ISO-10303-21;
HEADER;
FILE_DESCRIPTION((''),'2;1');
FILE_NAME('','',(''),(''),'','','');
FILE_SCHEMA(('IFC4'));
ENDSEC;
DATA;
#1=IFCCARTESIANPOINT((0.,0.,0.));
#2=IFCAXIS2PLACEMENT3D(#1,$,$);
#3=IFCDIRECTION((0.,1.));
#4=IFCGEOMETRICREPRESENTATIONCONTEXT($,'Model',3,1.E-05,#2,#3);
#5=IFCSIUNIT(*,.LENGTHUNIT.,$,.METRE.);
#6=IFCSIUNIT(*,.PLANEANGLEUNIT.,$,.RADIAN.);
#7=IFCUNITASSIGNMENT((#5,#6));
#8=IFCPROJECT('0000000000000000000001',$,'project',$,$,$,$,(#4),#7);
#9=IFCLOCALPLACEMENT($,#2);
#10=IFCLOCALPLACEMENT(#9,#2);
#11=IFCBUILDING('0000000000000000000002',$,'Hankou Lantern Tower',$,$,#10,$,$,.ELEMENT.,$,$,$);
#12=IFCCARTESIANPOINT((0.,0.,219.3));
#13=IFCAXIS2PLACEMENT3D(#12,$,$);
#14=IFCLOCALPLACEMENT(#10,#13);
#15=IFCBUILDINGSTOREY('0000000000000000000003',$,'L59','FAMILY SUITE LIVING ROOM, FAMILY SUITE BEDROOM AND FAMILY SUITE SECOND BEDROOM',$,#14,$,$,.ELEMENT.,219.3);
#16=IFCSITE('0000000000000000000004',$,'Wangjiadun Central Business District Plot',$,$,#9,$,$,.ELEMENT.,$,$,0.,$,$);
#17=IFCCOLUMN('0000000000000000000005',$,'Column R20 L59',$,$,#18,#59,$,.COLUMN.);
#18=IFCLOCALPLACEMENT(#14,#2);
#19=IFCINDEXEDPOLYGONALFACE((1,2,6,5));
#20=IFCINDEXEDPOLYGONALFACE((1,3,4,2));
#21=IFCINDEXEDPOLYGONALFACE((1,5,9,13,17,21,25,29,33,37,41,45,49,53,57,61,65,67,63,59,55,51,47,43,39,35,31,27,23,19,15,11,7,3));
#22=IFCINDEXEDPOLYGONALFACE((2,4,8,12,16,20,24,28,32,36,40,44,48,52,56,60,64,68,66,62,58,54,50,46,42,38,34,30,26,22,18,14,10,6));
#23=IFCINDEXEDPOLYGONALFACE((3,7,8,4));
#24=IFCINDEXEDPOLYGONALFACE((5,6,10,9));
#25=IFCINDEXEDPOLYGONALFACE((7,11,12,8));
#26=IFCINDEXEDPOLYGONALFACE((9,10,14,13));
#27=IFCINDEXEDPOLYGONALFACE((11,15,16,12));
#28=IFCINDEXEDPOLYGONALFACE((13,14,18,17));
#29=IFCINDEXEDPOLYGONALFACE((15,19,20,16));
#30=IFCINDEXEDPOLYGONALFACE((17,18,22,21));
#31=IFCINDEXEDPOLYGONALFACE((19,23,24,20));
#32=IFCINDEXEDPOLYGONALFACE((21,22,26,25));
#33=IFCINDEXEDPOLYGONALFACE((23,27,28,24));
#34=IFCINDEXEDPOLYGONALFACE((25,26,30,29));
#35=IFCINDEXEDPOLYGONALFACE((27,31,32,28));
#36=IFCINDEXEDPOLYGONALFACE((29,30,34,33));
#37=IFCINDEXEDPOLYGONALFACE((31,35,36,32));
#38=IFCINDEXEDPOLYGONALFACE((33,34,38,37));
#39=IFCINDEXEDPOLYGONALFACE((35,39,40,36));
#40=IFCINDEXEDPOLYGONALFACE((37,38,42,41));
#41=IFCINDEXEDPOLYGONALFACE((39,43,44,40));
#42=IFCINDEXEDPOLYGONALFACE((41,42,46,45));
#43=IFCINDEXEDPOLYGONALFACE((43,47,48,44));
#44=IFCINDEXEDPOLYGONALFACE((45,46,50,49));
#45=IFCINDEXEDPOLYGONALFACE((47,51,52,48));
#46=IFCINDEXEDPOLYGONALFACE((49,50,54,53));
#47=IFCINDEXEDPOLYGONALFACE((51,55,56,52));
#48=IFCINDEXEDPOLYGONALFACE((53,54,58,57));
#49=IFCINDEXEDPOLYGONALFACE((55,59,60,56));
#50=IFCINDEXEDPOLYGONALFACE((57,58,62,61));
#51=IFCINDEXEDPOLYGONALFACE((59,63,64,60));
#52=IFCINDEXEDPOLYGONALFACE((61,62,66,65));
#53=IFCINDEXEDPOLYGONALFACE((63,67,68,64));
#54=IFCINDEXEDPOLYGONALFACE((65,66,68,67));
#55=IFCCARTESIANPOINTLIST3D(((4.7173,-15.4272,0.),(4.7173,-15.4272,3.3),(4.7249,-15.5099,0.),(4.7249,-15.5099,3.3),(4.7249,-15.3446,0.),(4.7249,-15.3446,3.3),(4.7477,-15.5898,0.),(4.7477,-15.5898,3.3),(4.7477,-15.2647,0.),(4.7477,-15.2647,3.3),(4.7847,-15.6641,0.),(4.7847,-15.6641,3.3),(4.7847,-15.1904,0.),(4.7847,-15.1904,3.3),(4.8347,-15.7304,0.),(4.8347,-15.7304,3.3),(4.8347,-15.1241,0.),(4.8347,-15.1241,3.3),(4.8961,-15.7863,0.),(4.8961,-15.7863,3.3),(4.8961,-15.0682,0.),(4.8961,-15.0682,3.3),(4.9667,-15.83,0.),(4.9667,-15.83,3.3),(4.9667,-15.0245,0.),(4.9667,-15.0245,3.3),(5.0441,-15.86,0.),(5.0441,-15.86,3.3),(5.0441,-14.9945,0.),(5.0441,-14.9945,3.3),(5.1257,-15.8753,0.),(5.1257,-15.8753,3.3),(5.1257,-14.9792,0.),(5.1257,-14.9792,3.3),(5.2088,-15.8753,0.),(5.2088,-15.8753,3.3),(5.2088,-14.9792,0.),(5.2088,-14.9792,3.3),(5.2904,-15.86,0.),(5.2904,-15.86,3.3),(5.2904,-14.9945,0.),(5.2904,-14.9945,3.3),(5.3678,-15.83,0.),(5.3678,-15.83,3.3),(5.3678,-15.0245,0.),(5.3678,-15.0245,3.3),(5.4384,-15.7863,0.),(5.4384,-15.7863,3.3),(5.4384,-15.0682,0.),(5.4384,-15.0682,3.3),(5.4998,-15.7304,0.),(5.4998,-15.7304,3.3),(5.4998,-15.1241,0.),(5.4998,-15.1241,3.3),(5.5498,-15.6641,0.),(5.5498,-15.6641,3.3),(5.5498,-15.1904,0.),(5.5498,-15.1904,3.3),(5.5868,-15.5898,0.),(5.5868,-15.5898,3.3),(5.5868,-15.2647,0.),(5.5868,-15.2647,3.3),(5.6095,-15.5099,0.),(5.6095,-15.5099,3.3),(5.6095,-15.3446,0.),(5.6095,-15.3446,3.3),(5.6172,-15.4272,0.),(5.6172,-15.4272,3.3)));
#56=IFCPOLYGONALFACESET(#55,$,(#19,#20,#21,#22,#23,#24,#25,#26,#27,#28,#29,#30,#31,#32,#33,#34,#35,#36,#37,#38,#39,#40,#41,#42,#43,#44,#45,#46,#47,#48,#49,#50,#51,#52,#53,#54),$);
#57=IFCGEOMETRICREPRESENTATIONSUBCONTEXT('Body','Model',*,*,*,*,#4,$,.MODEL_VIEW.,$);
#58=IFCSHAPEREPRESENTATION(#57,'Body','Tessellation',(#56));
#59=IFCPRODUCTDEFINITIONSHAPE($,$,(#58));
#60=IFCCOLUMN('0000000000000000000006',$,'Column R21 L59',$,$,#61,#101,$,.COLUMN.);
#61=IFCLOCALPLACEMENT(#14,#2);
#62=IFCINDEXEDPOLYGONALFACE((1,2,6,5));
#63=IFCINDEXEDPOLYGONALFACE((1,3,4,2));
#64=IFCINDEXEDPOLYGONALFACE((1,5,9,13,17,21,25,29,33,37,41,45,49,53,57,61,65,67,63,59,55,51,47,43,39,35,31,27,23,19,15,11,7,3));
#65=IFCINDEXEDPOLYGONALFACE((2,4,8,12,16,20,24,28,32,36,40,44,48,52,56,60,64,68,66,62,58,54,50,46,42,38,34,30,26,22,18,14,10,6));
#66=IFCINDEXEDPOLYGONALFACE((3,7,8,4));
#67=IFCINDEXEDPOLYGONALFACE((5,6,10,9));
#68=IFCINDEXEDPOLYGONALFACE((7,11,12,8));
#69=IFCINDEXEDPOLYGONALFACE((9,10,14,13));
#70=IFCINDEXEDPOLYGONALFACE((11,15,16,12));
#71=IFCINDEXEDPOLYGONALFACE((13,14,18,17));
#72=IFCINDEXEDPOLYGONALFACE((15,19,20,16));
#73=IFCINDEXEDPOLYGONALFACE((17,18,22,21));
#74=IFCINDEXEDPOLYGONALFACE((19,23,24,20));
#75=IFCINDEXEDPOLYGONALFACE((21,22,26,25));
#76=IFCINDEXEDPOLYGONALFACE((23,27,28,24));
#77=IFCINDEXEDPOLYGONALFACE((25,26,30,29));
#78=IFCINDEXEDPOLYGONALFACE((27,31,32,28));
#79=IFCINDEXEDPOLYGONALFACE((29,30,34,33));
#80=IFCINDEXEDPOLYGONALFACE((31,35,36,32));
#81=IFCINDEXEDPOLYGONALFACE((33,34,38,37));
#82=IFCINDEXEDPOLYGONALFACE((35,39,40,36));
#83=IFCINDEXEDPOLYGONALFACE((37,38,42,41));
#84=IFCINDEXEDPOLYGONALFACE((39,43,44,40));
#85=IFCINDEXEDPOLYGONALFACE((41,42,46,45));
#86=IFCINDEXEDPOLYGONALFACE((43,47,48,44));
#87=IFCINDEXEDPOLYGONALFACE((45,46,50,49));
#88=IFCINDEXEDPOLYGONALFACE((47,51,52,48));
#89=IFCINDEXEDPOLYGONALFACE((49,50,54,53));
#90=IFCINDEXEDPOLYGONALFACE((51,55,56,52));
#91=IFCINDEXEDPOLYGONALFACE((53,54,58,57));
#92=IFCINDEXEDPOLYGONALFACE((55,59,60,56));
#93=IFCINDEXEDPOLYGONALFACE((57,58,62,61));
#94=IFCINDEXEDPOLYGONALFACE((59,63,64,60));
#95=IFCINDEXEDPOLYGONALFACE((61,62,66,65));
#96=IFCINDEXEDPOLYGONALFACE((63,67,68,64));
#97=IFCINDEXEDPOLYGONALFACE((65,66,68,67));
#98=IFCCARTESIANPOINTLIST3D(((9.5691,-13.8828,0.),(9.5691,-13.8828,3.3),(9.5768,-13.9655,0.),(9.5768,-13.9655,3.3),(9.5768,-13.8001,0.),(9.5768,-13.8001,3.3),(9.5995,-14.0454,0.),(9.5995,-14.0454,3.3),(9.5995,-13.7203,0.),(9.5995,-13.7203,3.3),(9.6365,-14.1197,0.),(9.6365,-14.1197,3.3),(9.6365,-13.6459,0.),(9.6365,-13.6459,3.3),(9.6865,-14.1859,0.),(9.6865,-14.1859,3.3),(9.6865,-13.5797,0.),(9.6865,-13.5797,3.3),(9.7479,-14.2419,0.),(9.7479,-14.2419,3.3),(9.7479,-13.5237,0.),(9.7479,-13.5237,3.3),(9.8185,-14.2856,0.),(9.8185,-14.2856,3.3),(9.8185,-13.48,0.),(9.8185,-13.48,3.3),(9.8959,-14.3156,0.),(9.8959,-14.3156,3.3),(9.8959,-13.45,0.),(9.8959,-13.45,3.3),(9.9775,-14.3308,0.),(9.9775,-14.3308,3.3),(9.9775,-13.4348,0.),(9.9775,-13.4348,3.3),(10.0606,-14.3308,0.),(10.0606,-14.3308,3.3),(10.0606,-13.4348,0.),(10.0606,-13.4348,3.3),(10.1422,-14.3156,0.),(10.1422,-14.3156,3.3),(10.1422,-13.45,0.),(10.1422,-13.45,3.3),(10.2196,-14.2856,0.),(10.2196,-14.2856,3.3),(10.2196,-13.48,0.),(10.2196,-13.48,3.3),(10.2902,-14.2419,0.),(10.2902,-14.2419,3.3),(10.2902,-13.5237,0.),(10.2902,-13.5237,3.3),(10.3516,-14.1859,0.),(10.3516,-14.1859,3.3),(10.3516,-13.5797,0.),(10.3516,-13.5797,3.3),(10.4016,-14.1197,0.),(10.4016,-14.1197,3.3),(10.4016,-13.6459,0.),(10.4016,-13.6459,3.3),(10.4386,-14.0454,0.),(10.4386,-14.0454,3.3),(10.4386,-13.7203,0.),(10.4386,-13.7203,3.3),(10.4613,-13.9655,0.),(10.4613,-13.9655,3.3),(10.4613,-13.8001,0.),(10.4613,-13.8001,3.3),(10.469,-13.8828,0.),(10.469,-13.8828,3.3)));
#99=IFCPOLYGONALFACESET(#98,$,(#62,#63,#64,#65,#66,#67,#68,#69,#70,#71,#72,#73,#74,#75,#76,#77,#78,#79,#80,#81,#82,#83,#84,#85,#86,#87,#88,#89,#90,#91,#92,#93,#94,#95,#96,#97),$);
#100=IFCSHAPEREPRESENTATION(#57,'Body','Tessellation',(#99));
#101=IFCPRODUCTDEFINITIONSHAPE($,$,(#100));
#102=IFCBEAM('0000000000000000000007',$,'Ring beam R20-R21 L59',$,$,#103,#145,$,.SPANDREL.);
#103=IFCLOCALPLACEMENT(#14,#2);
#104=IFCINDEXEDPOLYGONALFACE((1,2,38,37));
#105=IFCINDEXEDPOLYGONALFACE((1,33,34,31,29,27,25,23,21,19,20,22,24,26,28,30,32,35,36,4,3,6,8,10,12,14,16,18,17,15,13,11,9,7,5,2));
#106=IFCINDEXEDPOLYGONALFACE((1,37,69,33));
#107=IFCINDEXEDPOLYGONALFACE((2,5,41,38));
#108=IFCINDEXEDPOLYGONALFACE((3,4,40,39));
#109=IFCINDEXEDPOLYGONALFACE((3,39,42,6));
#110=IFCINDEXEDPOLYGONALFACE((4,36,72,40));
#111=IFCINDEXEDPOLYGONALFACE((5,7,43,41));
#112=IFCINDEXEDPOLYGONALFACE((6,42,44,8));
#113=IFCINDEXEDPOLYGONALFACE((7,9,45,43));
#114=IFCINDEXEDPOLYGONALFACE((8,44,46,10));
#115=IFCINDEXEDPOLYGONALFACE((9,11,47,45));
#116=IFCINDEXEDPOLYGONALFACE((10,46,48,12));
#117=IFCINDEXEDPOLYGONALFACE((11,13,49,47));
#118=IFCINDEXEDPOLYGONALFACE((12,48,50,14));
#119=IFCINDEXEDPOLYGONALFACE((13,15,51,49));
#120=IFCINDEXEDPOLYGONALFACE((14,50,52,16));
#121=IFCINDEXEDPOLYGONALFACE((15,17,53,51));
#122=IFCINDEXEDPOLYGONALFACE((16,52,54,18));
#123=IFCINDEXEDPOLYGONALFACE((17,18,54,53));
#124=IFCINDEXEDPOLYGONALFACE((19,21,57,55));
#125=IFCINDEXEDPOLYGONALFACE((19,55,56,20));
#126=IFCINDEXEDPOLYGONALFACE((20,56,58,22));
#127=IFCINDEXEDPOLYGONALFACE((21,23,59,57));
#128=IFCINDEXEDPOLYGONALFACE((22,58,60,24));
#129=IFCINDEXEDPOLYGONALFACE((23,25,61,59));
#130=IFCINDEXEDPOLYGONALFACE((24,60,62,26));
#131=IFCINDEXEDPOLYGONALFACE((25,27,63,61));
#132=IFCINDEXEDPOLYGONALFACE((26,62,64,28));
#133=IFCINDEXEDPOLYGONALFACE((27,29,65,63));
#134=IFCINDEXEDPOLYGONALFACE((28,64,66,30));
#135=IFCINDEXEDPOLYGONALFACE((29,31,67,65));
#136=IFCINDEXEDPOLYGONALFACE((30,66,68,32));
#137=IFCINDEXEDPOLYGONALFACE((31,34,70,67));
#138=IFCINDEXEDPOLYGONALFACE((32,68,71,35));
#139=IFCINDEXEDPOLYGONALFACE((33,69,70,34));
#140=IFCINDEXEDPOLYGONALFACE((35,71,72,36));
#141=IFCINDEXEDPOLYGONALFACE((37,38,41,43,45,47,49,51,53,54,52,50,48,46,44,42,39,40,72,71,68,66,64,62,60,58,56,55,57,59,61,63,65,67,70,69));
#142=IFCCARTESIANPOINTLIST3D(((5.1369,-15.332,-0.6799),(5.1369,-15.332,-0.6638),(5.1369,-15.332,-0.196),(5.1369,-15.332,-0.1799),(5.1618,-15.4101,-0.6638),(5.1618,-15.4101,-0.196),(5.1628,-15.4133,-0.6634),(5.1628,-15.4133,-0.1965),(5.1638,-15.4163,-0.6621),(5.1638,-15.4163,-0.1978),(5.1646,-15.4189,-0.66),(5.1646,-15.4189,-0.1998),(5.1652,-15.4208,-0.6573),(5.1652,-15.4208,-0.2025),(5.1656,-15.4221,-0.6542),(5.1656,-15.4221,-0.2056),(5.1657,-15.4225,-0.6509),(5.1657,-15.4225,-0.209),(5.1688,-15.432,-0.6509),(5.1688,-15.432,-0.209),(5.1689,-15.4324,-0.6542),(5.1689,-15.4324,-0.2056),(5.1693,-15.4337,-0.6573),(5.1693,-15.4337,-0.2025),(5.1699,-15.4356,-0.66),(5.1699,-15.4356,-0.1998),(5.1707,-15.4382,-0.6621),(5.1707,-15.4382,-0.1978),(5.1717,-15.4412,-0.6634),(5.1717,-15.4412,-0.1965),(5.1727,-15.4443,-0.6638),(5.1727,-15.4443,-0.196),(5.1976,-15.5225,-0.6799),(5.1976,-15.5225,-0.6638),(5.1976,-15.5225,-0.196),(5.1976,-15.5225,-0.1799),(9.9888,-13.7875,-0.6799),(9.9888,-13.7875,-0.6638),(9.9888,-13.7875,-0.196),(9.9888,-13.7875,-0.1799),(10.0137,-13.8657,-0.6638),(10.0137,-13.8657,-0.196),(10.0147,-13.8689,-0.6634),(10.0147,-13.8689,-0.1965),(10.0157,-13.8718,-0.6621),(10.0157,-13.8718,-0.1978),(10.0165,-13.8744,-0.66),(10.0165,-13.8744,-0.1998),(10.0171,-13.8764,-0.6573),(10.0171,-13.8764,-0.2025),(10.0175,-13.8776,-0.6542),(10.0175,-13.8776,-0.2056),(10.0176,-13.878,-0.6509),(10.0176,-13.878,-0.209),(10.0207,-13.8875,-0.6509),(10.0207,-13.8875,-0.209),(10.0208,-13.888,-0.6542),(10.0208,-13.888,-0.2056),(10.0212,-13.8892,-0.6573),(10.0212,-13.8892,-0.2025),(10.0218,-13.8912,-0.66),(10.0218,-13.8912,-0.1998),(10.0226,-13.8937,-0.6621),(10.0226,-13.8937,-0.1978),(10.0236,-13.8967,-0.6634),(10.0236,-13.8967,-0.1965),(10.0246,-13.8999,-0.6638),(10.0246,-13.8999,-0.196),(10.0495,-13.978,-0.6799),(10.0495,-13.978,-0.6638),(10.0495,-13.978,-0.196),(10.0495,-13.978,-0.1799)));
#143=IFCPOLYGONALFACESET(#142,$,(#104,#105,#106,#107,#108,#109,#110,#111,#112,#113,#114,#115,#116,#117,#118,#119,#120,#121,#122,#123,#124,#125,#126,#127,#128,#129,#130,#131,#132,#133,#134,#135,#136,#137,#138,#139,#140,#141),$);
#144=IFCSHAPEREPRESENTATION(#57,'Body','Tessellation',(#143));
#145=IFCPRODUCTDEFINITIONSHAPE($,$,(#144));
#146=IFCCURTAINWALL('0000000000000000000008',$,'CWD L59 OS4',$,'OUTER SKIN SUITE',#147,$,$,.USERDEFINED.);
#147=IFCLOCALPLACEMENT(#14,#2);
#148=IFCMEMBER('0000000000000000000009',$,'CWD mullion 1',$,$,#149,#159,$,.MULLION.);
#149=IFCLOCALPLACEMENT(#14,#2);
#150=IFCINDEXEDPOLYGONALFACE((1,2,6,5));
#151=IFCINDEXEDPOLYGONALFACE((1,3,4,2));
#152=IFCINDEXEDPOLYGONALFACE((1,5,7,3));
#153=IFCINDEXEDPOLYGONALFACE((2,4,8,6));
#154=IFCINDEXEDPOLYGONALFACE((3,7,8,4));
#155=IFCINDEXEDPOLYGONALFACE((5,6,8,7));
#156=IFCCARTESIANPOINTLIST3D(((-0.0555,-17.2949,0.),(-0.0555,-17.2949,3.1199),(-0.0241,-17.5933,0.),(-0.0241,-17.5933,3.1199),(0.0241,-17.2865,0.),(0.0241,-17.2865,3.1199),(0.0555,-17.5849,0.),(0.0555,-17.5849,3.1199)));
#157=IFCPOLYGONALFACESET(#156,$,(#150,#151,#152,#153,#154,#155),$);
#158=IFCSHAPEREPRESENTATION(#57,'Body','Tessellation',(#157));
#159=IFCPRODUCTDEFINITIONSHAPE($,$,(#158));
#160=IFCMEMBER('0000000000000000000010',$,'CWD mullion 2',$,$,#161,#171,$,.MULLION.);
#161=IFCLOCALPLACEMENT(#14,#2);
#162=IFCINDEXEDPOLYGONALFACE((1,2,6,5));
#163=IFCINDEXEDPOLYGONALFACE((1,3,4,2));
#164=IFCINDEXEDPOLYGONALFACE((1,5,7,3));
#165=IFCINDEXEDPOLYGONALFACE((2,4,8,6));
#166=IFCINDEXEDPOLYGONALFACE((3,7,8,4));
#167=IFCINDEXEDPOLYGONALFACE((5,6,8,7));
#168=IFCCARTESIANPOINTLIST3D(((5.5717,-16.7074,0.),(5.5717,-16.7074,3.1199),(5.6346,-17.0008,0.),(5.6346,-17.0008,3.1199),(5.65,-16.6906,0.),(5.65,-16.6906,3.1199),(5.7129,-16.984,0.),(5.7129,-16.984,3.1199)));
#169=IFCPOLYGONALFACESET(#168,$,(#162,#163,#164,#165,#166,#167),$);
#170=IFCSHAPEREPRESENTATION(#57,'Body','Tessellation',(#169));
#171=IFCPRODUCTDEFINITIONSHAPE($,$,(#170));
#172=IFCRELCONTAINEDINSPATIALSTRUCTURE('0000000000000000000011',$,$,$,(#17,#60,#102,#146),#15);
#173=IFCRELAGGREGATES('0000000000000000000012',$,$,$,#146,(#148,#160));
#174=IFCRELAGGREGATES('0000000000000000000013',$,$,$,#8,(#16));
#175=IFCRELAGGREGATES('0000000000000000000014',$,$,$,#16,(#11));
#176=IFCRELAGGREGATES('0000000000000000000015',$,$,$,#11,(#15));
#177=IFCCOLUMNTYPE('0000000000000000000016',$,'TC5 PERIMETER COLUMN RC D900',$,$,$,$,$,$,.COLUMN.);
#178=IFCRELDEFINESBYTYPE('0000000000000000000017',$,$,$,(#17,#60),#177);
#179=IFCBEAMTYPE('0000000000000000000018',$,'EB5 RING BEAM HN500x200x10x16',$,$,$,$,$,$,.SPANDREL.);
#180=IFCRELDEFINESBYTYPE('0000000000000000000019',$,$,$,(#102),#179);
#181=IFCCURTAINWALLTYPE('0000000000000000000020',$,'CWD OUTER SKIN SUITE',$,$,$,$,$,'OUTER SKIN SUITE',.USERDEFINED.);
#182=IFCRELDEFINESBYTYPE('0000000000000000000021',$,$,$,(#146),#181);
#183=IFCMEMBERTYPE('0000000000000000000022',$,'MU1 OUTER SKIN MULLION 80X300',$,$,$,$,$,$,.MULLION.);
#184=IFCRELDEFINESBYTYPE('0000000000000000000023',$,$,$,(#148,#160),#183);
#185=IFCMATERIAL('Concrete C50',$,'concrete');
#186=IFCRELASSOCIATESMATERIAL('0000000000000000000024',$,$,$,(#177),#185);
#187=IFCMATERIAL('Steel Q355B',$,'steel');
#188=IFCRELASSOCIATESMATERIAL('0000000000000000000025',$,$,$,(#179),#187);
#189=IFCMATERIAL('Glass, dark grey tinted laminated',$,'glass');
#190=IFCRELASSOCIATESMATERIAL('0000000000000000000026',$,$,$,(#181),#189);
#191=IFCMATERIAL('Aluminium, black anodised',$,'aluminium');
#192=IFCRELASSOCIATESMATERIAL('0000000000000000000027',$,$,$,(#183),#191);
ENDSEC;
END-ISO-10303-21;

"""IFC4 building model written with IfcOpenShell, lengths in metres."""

from ifc_helpers import new_model, si_unit, direction, frame, origin, origin_2d, place, context, subcontext, project, spatial, rectangle, circle, i_section, extrude, material, material_profile, profile_set, type_object, element, aggregate, save


model = new_model("IFC4")

# Units and contexts
model_context = context("Model", 3, precision=1e-05, world=origin(), true_north=direction((0.0, 1.0)))
body_context = subcontext(model_context, "Body", "Model", "MODEL_VIEW")
ifc_project = project(units=[si_unit("LENGTHUNIT", "METRE"), si_unit("PLANEANGLEUNIT", "RADIAN")], contexts=[model_context])

# Site, building, storey
site_placement = place(None, origin())
site = spatial("IfcSite", under=ifc_project, at=site_placement, Name="Wangjiadun Central Business District Plot", CompositionType="ELEMENT", RefElevation=0.0)
building_placement = place(site_placement, origin())
building = spatial("IfcBuilding", under=site, at=building_placement, Name="Hankou Lantern Tower", CompositionType="ELEMENT")
storey_placement = place(building_placement, frame((0.0, 0.0, 219.3)))
storey = spatial("IfcBuildingStorey", under=building, at=storey_placement, Name="L59", Description="FAMILY SUITE LIVING ROOM, FAMILY SUITE BEDROOM AND FAMILY SUITE SECOND BEDROOM", CompositionType="ELEMENT", Elevation=219.3)

# Columns
ifc_material_1 = material(Name="Concrete C50", Category="concrete")
ifc_material_profile_1 = material_profile(ifc_material_1, circle(Radius=0.45, at=origin_2d()), Name="RC D900")
ifc_profile_set_1 = profile_set([ifc_material_profile_1], Name="Concrete C50")
column_type = type_object("IfcColumnType", Name="TC5 PERIMETER COLUMN RC D900", PredefinedType="COLUMN", material=ifc_profile_set_1)
for number, where, z_axis, x_axis, name in (
    (1, (5.1672, -15.4272, 0.0), (0.0, 0.0, 1.0), (1.0, 0.0, 0.0), "Column R20 L59"),
    (2, (10.019, -13.8828, 0.0), (0.0, 0.0, 1.0), (1.0, 0.0, 0.0), "Column R21 L59"),
):
    element("IfcColumn", number, at=place(storey_placement, frame(where, z_axis=z_axis, x_axis=x_axis)), inside=storey, type_object=column_type, Name=name, PredefinedType="COLUMN", context=body_context, shape_type="SweptSolid", body=[
        extrude(circle(Radius=0.45, at=origin_2d()), origin(), (0.0, 0.0, 1.0), 3.3),
    ])

# Beam
ifc_material_2 = material(Name="Steel Q355B", Category="steel")
ifc_material_profile_2 = material_profile(ifc_material_2, i_section(OverallWidth=0.2, OverallDepth=0.5, WebThickness=0.01, FlangeThickness=0.0161, FilletRadius=0.0129, at=origin_2d()), Name="HN500x200x10x16")
ifc_profile_set_2 = profile_set([ifc_material_profile_2], Name="Steel Q355B")
beam_type_1 = type_object("IfcBeamType", Name="EB5 RING BEAM HN500x200x10x16", PredefinedType="SPANDREL", material=ifc_profile_set_2)
beam_1_placement = place(storey_placement, frame((5.1672, -15.4272, -0.4299), z_axis=(0.952887, 0.303324, 0.0), x_axis=(-0.303324, 0.952887, 0.0)))
element("IfcBeam", 3, at=beam_1_placement, inside=storey, type_object=beam_type_1, Name="Ring beam R20-R21 L59", PredefinedType="SPANDREL", context=body_context, shape_type="SweptSolid", body=[
    extrude(i_section(OverallWidth=0.2, OverallDepth=0.5, WebThickness=0.01, FlangeThickness=0.0161, FilletRadius=0.0129, at=origin_2d()), origin(), (0.0, 0.0, 1.0), 5.0918),
])

# Curtain wall, members
ifc_material_3 = material(Name="Glass, dark grey tinted laminated", Category="glass")
curtain_wall_type = type_object("IfcCurtainWallType", Name="CWD OUTER SKIN SUITE", ElementType="OUTER SKIN SUITE", PredefinedType="USERDEFINED", material=ifc_material_3)
curtain_wall_placement = place(storey_placement, origin())
curtain_wall = element("IfcCurtainWall", 4, at=curtain_wall_placement, inside=storey, type_object=curtain_wall_type, Name="CWD L59 OS4", ObjectType="OUTER SKIN SUITE", PredefinedType="USERDEFINED")
ifc_material_4 = material(Name="Aluminium, black anodised", Category="aluminium")
ifc_material_profile_3 = material_profile(ifc_material_4, rectangle(XDim=0.0801, YDim=0.3, at=origin_2d()), Name="MU1 80X300")
ifc_profile_set_3 = profile_set([ifc_material_profile_3], Name="Aluminium, black anodised")
member_type_1 = type_object("IfcMemberType", Name="MU1 OUTER SKIN MULLION 80X300", PredefinedType="MULLION", material=ifc_profile_set_3)
member_1_placement = place(storey_placement, frame((0.0, -17.4399, 0.0), z_axis=(0.0, 0.0, 1.0), x_axis=(0.994499, 0.104743, 0.0)))
member_1 = element("IfcMember", 5, at=member_1_placement, type_object=member_type_1, Name="CWD mullion 1", PredefinedType="MULLION", context=body_context, shape_type="SweptSolid", body=[
    extrude(rectangle(XDim=0.0801, YDim=0.3, at=origin_2d()), origin(), (0.0, 0.0, 1.0), 3.1199),
])
member_2_placement = place(storey_placement, frame((5.6423, -16.8457, 0.0), z_axis=(0.0, 0.0, 1.0), x_axis=(0.977788, 0.209598, 0.0)))
member_2 = element("IfcMember", 6, at=member_2_placement, type_object=member_type_1, Name="CWD mullion 2", PredefinedType="MULLION", context=body_context, shape_type="SweptSolid", body=[
    extrude(rectangle(XDim=0.0801, YDim=0.3, at=origin_2d()), origin(), (0.0, 0.0, 1.0), 3.1199),
])

aggregate(curtain_wall, [member_1, member_2])

save(model, "model.ifc")
